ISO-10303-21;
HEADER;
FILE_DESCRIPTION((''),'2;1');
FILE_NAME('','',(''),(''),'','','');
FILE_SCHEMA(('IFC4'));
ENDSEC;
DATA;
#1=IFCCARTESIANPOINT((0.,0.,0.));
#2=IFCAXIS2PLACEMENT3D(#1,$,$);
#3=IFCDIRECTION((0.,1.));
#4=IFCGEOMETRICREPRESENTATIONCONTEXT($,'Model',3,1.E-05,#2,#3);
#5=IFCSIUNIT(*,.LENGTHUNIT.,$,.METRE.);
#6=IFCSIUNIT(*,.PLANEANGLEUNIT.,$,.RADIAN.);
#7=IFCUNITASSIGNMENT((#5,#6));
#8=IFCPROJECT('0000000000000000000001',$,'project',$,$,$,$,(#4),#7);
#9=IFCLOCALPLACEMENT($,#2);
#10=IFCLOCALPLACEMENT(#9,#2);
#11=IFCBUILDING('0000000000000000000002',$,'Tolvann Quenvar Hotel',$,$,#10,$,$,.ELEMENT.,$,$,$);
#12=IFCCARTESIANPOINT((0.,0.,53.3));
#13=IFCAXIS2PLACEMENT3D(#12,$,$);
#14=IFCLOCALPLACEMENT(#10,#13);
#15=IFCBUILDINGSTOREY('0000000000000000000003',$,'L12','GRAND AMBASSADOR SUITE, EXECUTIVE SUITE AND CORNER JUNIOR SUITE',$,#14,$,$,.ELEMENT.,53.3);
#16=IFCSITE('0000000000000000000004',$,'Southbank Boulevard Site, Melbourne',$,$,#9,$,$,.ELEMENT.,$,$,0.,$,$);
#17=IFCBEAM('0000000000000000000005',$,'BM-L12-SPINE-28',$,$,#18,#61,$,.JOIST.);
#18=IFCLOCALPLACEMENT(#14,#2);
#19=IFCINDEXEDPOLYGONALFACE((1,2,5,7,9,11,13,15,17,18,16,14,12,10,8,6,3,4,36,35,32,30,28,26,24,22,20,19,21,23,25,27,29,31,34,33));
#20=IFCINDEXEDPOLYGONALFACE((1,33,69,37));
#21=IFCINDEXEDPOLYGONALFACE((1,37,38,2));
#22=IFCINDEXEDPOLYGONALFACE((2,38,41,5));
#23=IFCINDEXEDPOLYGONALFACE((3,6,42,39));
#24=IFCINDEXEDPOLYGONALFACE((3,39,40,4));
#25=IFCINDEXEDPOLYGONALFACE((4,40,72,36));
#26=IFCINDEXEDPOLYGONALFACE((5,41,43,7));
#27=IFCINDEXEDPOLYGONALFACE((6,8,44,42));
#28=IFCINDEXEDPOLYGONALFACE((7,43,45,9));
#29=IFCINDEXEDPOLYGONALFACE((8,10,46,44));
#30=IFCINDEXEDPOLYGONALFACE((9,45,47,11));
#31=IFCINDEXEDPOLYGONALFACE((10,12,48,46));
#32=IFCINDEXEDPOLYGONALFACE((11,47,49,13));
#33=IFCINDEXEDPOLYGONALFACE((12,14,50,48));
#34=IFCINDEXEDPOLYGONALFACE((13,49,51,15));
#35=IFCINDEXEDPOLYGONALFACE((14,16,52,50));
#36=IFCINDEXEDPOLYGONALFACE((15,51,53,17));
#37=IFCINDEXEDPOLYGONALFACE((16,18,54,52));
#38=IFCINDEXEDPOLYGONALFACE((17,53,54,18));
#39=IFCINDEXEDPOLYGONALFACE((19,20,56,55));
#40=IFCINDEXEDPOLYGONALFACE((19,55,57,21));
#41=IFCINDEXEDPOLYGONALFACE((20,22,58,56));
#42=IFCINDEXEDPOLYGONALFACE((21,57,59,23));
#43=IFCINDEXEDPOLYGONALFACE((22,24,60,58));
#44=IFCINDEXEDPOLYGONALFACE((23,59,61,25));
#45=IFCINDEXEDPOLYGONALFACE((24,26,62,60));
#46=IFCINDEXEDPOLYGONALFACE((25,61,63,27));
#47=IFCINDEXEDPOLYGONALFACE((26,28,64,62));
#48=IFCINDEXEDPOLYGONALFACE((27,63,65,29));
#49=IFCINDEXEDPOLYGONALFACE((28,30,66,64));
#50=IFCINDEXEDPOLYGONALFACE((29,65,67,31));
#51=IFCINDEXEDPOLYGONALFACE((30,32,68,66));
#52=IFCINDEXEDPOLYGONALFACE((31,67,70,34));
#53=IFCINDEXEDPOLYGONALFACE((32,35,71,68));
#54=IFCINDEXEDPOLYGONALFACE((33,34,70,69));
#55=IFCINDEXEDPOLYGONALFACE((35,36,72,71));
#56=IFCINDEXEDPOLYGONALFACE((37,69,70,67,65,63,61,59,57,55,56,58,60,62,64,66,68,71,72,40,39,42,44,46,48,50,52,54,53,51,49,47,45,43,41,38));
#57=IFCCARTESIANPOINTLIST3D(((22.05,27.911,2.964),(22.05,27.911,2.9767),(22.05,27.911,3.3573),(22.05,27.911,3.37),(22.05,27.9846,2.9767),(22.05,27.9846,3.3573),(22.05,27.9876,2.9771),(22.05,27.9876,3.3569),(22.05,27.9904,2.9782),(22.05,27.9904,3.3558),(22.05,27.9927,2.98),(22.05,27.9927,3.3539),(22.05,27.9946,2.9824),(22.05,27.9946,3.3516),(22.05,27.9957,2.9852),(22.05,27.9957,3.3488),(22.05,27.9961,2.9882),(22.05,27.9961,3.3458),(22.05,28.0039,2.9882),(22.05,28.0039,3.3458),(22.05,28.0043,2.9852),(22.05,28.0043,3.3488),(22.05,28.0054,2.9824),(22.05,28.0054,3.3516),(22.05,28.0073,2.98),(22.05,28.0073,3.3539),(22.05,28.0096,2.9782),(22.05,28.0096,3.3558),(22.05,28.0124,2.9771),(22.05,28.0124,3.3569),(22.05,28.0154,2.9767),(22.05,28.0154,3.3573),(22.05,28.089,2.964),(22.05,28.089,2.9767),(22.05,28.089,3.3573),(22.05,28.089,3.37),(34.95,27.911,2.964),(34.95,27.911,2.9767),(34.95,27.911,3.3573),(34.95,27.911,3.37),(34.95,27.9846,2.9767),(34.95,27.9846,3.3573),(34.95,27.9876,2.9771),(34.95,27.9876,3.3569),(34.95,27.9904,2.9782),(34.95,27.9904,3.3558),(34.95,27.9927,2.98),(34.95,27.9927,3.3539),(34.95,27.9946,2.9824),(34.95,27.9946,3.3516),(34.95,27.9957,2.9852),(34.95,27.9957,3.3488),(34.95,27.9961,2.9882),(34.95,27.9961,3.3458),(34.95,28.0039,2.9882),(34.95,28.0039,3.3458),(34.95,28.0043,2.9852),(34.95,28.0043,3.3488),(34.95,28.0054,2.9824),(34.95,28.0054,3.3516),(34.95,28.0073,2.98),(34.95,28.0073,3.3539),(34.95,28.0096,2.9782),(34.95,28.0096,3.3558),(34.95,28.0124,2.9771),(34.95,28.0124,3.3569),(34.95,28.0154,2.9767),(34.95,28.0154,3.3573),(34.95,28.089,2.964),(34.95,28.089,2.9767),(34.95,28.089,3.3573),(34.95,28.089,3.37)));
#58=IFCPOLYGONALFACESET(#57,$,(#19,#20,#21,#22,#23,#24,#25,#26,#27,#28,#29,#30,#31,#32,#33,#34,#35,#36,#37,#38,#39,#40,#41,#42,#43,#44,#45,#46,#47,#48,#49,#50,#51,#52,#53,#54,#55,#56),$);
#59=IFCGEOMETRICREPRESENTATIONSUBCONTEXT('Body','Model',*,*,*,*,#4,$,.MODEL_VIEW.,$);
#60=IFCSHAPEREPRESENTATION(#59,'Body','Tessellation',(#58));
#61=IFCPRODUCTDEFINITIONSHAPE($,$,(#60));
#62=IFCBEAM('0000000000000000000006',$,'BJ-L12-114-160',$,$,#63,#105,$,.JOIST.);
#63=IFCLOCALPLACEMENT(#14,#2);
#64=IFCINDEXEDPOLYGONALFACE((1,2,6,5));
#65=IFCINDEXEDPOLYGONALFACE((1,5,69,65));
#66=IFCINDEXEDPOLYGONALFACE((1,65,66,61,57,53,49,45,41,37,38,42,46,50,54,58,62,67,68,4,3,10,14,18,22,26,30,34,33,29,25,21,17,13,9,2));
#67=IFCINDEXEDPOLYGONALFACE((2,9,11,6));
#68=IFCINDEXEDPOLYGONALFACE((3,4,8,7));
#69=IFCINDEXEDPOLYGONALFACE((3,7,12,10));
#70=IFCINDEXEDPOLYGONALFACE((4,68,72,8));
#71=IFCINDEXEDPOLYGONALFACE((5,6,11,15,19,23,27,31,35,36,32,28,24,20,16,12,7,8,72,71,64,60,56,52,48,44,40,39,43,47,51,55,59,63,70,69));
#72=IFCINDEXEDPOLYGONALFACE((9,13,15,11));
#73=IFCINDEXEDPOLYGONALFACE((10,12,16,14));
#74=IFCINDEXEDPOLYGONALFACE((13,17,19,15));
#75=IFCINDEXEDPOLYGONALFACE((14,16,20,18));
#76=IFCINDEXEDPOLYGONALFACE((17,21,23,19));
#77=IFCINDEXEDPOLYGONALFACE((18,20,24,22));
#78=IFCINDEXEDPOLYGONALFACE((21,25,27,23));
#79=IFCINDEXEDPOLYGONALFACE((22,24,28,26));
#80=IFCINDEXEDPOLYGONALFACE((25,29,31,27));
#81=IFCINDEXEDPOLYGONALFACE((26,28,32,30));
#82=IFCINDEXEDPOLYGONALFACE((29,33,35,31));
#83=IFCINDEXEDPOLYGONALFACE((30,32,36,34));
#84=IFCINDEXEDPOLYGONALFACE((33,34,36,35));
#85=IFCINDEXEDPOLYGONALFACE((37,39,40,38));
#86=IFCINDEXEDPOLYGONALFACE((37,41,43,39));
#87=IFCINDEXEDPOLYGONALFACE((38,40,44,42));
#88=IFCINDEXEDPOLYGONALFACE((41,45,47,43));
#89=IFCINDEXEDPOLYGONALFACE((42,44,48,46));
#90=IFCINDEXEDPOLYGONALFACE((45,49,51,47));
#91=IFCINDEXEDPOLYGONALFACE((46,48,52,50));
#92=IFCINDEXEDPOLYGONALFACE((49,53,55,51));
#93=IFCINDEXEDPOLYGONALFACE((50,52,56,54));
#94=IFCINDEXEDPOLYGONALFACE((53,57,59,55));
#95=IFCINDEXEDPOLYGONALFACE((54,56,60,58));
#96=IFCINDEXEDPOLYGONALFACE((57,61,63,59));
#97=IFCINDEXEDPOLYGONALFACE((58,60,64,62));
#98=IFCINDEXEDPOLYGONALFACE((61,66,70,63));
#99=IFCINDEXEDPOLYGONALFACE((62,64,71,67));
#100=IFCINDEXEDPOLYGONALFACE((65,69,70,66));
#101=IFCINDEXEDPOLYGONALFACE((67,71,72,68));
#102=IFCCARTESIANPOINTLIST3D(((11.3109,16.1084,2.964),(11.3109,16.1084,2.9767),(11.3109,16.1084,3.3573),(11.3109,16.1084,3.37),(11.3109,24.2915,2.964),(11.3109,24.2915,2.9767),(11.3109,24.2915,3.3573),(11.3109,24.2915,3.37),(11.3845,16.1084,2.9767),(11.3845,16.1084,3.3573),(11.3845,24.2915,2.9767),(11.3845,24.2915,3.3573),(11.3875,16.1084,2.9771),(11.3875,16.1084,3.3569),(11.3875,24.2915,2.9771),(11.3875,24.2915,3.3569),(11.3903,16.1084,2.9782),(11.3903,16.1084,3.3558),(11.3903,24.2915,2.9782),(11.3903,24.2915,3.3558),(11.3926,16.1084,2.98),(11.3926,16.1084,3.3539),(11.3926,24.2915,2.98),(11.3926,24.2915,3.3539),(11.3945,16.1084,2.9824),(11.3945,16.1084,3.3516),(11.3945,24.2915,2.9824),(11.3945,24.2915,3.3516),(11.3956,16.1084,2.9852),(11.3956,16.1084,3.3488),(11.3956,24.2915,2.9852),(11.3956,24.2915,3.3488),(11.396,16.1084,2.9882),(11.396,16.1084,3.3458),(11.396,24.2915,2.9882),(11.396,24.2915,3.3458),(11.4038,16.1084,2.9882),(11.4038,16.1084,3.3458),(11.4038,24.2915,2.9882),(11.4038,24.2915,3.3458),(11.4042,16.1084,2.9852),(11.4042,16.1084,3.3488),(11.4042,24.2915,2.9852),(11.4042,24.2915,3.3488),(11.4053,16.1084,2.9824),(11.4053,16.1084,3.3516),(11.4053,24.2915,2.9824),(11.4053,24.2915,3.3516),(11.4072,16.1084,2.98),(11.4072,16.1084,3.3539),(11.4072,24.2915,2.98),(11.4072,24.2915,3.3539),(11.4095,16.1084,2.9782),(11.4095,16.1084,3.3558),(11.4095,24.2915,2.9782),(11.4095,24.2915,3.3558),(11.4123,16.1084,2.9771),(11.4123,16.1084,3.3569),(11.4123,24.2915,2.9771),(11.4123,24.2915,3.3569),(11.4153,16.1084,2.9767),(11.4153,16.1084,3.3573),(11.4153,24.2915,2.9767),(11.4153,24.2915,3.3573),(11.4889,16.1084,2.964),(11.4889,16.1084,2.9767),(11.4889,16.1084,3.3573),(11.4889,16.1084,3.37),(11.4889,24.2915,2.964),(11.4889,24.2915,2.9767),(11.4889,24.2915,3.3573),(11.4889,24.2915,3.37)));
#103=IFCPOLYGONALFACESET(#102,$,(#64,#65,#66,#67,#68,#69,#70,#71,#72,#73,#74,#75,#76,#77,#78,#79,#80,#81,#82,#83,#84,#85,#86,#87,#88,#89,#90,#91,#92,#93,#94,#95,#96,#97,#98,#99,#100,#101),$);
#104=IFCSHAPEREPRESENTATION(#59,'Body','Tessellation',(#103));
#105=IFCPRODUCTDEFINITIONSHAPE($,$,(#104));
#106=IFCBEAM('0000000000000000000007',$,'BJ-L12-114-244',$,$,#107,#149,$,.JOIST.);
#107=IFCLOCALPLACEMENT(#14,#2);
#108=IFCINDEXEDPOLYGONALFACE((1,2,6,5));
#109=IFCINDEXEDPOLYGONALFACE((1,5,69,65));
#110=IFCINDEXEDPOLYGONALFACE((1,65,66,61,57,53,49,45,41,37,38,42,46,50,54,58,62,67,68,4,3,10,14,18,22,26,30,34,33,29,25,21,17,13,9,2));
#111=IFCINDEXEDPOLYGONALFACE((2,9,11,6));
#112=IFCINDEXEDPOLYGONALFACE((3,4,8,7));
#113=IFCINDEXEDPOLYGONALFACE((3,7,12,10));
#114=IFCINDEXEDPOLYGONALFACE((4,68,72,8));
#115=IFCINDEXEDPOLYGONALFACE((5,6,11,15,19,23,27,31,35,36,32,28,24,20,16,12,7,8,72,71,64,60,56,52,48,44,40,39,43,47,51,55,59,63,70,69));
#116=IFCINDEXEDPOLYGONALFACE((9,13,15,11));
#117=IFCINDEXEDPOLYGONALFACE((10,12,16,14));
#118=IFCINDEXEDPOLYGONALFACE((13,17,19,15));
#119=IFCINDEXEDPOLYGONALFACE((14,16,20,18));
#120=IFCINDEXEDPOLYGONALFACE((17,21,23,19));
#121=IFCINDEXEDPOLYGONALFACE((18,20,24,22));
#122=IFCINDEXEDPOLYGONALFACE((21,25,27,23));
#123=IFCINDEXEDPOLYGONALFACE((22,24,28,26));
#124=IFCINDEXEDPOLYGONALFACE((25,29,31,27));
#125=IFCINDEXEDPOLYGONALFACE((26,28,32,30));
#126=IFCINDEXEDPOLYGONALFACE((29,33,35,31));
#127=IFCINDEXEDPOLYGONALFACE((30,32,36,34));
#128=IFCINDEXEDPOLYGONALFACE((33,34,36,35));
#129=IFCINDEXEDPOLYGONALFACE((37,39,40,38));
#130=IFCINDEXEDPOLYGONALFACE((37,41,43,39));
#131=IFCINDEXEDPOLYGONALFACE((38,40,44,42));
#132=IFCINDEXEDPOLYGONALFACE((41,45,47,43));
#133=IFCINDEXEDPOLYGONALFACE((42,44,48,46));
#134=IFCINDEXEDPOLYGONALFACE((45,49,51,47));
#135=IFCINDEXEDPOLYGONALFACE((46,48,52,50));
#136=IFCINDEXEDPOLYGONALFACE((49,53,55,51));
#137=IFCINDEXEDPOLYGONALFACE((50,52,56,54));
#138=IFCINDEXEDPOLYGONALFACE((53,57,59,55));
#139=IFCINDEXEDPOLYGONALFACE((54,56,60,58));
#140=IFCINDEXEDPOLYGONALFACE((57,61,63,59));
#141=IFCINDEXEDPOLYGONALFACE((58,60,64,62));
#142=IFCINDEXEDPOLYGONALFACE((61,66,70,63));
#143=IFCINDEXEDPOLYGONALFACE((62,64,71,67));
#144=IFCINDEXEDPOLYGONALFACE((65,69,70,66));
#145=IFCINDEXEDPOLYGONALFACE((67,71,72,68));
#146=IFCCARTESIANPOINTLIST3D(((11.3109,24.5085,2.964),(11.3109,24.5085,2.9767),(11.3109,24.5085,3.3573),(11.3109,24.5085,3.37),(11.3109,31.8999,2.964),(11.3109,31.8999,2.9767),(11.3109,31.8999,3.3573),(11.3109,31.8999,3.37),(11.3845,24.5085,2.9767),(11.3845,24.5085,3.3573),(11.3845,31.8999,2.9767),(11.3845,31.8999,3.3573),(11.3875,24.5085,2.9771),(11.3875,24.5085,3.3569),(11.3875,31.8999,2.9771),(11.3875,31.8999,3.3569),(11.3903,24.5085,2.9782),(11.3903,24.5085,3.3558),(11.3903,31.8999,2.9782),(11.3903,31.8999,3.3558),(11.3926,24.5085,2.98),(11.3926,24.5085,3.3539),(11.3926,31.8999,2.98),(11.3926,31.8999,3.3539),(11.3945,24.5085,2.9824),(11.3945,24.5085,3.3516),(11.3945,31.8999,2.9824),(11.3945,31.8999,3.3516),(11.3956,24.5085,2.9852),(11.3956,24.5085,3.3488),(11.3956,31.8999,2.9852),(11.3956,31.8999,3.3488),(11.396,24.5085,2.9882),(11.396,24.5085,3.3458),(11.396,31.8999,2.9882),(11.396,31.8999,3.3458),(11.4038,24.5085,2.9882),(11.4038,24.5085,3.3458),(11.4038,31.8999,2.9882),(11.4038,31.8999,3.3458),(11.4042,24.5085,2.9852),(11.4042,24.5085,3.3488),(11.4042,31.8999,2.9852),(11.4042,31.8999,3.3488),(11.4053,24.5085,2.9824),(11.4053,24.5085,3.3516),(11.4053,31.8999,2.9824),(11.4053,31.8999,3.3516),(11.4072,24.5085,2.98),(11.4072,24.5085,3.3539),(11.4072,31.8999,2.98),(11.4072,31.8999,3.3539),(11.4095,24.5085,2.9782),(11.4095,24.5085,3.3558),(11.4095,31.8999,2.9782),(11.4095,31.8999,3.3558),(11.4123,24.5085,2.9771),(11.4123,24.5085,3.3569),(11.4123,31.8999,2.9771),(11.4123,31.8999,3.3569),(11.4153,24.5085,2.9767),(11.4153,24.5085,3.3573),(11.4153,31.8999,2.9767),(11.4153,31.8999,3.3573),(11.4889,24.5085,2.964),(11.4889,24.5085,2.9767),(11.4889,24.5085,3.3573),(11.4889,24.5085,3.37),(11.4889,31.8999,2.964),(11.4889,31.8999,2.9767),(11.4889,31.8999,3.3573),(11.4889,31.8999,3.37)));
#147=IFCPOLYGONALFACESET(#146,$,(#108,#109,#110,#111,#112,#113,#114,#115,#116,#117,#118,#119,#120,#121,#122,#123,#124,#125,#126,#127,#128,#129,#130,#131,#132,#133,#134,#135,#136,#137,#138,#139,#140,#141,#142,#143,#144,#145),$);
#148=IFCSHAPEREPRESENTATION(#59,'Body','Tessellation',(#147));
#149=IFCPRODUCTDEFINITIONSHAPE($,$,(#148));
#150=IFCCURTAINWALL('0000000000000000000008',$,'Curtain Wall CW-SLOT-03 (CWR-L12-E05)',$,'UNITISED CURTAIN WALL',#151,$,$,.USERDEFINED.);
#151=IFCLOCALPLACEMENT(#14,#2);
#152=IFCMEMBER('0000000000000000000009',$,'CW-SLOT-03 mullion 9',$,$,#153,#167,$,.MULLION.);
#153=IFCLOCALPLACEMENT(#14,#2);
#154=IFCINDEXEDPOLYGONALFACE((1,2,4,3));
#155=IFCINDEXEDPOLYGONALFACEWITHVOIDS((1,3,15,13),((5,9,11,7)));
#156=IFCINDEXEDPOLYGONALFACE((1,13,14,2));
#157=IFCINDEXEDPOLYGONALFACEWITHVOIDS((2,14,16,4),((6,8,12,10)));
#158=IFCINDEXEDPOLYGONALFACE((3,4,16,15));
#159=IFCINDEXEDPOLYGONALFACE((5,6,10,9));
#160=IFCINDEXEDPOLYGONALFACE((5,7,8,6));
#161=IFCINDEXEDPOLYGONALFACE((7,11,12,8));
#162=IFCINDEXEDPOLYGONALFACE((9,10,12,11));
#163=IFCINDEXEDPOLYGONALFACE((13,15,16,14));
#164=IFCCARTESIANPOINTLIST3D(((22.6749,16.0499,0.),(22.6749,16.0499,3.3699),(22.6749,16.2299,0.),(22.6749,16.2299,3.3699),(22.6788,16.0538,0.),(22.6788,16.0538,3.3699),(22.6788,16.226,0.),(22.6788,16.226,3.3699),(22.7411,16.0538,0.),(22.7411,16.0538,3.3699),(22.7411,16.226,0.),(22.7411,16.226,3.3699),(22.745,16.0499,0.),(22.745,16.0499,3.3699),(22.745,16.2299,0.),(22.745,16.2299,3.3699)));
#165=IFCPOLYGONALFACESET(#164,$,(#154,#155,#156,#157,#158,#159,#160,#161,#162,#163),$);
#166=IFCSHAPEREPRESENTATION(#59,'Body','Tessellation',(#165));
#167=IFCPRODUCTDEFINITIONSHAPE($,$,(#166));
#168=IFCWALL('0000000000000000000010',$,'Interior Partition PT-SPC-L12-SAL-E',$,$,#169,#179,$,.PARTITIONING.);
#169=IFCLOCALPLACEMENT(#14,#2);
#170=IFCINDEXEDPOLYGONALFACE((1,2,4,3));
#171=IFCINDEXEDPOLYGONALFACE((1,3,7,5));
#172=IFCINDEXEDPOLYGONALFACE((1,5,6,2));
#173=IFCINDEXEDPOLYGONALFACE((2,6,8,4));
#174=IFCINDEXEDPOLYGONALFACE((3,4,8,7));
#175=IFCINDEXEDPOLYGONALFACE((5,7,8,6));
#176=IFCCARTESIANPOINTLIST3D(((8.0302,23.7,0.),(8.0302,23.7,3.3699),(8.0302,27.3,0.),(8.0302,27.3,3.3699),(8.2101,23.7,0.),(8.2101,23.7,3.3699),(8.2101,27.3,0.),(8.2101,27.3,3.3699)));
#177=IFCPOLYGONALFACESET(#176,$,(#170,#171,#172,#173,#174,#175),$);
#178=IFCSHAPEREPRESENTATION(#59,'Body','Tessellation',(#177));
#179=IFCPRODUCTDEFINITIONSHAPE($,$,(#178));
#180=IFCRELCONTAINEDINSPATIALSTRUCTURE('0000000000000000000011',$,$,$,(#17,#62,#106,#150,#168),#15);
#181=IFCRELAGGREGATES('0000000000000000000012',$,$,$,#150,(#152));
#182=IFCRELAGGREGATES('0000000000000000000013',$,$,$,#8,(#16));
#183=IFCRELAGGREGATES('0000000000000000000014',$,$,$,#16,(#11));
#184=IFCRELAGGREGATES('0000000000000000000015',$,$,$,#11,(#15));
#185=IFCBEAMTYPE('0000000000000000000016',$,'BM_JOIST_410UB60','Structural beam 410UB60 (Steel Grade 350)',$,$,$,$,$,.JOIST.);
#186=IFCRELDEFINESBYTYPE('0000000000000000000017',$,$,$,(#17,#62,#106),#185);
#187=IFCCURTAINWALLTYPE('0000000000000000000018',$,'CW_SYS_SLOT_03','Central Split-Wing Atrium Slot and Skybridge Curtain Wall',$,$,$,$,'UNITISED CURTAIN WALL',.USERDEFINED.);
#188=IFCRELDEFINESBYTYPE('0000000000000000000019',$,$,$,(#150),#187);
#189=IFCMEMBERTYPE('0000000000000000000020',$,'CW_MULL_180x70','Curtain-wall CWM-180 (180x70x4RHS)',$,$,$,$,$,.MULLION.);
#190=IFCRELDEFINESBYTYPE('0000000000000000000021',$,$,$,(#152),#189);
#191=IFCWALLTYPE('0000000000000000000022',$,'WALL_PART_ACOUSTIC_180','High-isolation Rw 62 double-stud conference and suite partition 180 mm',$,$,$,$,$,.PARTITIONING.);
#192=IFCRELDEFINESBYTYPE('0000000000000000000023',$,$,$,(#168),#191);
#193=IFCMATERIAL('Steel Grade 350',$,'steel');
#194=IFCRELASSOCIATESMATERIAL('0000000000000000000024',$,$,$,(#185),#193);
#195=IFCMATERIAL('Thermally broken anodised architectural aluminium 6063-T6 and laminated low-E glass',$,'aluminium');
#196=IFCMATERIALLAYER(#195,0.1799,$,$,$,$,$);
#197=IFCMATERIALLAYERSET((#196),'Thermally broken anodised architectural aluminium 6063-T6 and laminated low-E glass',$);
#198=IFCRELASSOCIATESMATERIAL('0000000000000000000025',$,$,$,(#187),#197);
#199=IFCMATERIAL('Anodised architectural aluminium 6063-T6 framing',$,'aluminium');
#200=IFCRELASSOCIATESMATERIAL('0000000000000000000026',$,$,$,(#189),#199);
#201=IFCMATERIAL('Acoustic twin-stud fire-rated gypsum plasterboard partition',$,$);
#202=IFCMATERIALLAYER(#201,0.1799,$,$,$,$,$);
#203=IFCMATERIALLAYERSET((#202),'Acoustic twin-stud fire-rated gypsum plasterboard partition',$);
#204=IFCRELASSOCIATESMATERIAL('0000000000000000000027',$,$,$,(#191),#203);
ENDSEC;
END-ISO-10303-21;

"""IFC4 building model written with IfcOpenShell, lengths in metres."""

from ifc_helpers import new_model, si_unit, direction, frame, frame_2d, origin, origin_2d, place, context, subcontext, project, spatial, rectangle, hollow_rectangle, i_section, extrude, source, transform, mapped, material, layer, layer_set, material_profile, profile_set, type_object, type_shapes, element, aggregate, save


model = new_model("IFC4")

# Units and contexts
model_context = context("Model", 3, precision=1e-05, world=origin(), true_north=direction((0.0, 1.0)))
body_context = subcontext(model_context, "Body", "Model", "MODEL_VIEW")
ifc_project = project(units=[si_unit("LENGTHUNIT", "METRE"), si_unit("PLANEANGLEUNIT", "RADIAN")], contexts=[model_context])

# Site, building, storey
site_placement = place(None, origin())
site = spatial("IfcSite", under=ifc_project, at=site_placement, Name="Southbank Boulevard Site, Melbourne", CompositionType="ELEMENT", RefElevation=0.0)
building_placement = place(site_placement, origin())
building = spatial("IfcBuilding", under=site, at=building_placement, Name="Tolvann Quenvar Hotel", CompositionType="ELEMENT")
storey_placement = place(building_placement, frame((0.0, 0.0, 53.3)))
storey = spatial("IfcBuildingStorey", under=building, at=storey_placement, Name="L12", Description="GRAND AMBASSADOR SUITE, EXECUTIVE SUITE AND CORNER JUNIOR SUITE", CompositionType="ELEMENT", Elevation=53.3)

# Shared definitions
ifc_material_1 = material(Name="Steel Grade 350", Category="steel")

# Beams
ifc_material_profile_1 = material_profile(ifc_material_1, i_section(OverallWidth=0.178, OverallDepth=0.406, WebThickness=0.0078, FlangeThickness=0.0127, FilletRadius=0.0115, at=origin_2d()), Name="410UB60")
ifc_profile_set_1 = profile_set([ifc_material_profile_1], Name="Steel Grade 350")
beam_type_1 = type_object("IfcBeamType", Name="BM_JOIST_410UB60", Description="Structural beam 410UB60 (Steel Grade 350)", PredefinedType="JOIST", material=ifc_profile_set_1)
shared_shape_1 = source(origin(), body_context, "Body", "SweptSolid", [
    extrude(i_section(OverallWidth=0.178, OverallDepth=0.406, WebThickness=0.0078, FlangeThickness=0.0127, FilletRadius=0.0115, at=origin_2d()), origin(), (0.0, 0.0, 1.0), 12.8999),
])
for number, where, z_axis, x_axis, name in (
    (1, (22.05, 28.0, 3.167), (1.0, 0.0, 0.0), (0.0, 1.0, 0.0), "BM-L12-SPINE-28"),
):
    element("IfcBeam", number, at=place(storey_placement, frame(where, z_axis=z_axis, x_axis=x_axis)), inside=storey, type_object=beam_type_1, Name=name, PredefinedType="JOIST", context=body_context, shape_type="MappedRepresentation", body=[
        mapped(shared_shape_1, transform((0.0, 0.0, 0.0), x_axis=(1.0, 0.0, 0.0), y_axis=(0.0, 1.0, 0.0), z_axis=(0.0, 0.0, 1.0), scale=1.0)),
    ])
shared_shape_2 = source(origin(), body_context, "Body", "SweptSolid", [
    extrude(i_section(OverallWidth=0.178, OverallDepth=0.406, WebThickness=0.0078, FlangeThickness=0.0127, FilletRadius=0.0115, at=origin_2d()), origin(), (0.0, 0.0, 1.0), 8.1831),
])
beam_1_placement = place(storey_placement, frame((11.3999, 16.1084, 3.167), z_axis=(0.0, 1.0, 0.0), x_axis=(-1.0, 0.0, 0.0)))
element("IfcBeam", 2, at=beam_1_placement, inside=storey, type_object=beam_type_1, Name="BJ-L12-114-160", PredefinedType="JOIST", context=body_context, shape_type="MappedRepresentation", body=[
    mapped(shared_shape_2, transform((0.0, 0.0, 0.0), x_axis=(1.0, 0.0, 0.0), y_axis=(0.0, 1.0, 0.0), z_axis=(0.0, 0.0, 1.0), scale=1.0)),
])
shared_shape_3 = source(origin(), body_context, "Body", "SweptSolid", [
    extrude(i_section(OverallWidth=0.178, OverallDepth=0.406, WebThickness=0.0078, FlangeThickness=0.0127, FilletRadius=0.0115, at=origin_2d()), origin(), (0.0, 0.0, 1.0), 7.3914),
])
type_shapes(beam_type_1, [shared_shape_1, shared_shape_2, shared_shape_3])
beam_2_placement = place(storey_placement, frame((11.3999, 24.5085, 3.167), z_axis=(0.0, 1.0, 0.0), x_axis=(-1.0, 0.0, 0.0)))
element("IfcBeam", 3, at=beam_2_placement, inside=storey, type_object=beam_type_1, Name="BJ-L12-114-244", PredefinedType="JOIST", context=body_context, shape_type="MappedRepresentation", body=[
    mapped(shared_shape_3, transform((0.0, 0.0, 0.0), x_axis=(1.0, 0.0, 0.0), y_axis=(0.0, 1.0, 0.0), z_axis=(0.0, 0.0, 1.0), scale=1.0)),
])

# Curtain wall, member
ifc_material_2 = material(Name="Thermally broken anodised architectural aluminium 6063-T6 and laminated low-E glass", Category="aluminium")
ifc_layer_1 = layer(ifc_material_2, 0.1799)
ifc_layer_set_1 = layer_set([ifc_layer_1], Name="Thermally broken anodised architectural aluminium 6063-T6 and laminated low-E glass")
curtain_wall_type = type_object("IfcCurtainWallType", Name="CW_SYS_SLOT_03", Description="Central Split-Wing Atrium Slot and Skybridge Curtain Wall", ElementType="UNITISED CURTAIN WALL", PredefinedType="USERDEFINED", material=ifc_layer_set_1)
curtain_wall_placement = place(storey_placement, origin())
curtain_wall = element("IfcCurtainWall", 4, at=curtain_wall_placement, inside=storey, type_object=curtain_wall_type, Name="Curtain Wall CW-SLOT-03 (CWR-L12-E05)", ObjectType="UNITISED CURTAIN WALL", PredefinedType="USERDEFINED")
ifc_material_3 = material(Name="Anodised architectural aluminium 6063-T6 framing", Category="aluminium")
ifc_material_profile_2 = material_profile(ifc_material_3, hollow_rectangle(XDim=0.0701, YDim=0.1799, WallThickness=0.0039, at=origin_2d()), Name="180x70x4RHS")
ifc_profile_set_2 = profile_set([ifc_material_profile_2], Name="Anodised architectural aluminium 6063-T6 framing")
member_type = type_object("IfcMemberType", Name="CW_MULL_180x70", Description="Curtain-wall CWM-180 (180x70x4RHS)", PredefinedType="MULLION", material=ifc_profile_set_2)
shared_shape_4 = source(origin(), body_context, "Body", "SweptSolid", [
    extrude(hollow_rectangle(XDim=0.0701, YDim=0.1799, WallThickness=0.0039, at=origin_2d()), origin(), (0.0, 0.0, 1.0), 3.3699),
])
type_shapes(member_type, [shared_shape_4])
member_placement = place(storey_placement, frame((22.71, 16.1399, 0.0), z_axis=(0.0, 0.0, 1.0), x_axis=(-1.0, 0.0, 0.0)))
member = element("IfcMember", 5, at=member_placement, type_object=member_type, Name="CW-SLOT-03 mullion 9", PredefinedType="MULLION", context=body_context, shape_type="MappedRepresentation", body=[
    mapped(shared_shape_4, transform((0.0, 0.0, 0.0), x_axis=(1.0, 0.0, 0.0), y_axis=(0.0, 1.0, 0.0), z_axis=(0.0, 0.0, 1.0), scale=1.0)),
])
aggregate(curtain_wall, [member])

# Wall
ifc_material_4 = material(Name="Acoustic twin-stud fire-rated gypsum plasterboard partition")
ifc_layer_2 = layer(ifc_material_4, 0.1799)
ifc_layer_set_2 = layer_set([ifc_layer_2], Name="Acoustic twin-stud fire-rated gypsum plasterboard partition")
wall_type_1 = type_object("IfcWallType", Name="WALL_PART_ACOUSTIC_180", Description="High-isolation Rw 62 double-stud conference and suite partition 180 mm", PredefinedType="PARTITIONING", material=ifc_layer_set_2)
wall_1_placement = place(storey_placement, frame((8.1201, 23.7, 0.0), z_axis=(0.0, 0.0, 1.0), x_axis=(0.0, 1.0, 0.0)))
element("IfcWall", 6, at=wall_1_placement, inside=storey, type_object=wall_type_1, Name="Interior Partition PT-SPC-L12-SAL-E", PredefinedType="PARTITIONING", context=body_context, shape_type="SweptSolid", body=[
    extrude(rectangle(XDim=3.6001, YDim=0.1799, at=frame_2d((1.8, 0.0))), origin(), (0.0, 0.0, 1.0), 3.3699),
])

save(model, "model.ifc")
